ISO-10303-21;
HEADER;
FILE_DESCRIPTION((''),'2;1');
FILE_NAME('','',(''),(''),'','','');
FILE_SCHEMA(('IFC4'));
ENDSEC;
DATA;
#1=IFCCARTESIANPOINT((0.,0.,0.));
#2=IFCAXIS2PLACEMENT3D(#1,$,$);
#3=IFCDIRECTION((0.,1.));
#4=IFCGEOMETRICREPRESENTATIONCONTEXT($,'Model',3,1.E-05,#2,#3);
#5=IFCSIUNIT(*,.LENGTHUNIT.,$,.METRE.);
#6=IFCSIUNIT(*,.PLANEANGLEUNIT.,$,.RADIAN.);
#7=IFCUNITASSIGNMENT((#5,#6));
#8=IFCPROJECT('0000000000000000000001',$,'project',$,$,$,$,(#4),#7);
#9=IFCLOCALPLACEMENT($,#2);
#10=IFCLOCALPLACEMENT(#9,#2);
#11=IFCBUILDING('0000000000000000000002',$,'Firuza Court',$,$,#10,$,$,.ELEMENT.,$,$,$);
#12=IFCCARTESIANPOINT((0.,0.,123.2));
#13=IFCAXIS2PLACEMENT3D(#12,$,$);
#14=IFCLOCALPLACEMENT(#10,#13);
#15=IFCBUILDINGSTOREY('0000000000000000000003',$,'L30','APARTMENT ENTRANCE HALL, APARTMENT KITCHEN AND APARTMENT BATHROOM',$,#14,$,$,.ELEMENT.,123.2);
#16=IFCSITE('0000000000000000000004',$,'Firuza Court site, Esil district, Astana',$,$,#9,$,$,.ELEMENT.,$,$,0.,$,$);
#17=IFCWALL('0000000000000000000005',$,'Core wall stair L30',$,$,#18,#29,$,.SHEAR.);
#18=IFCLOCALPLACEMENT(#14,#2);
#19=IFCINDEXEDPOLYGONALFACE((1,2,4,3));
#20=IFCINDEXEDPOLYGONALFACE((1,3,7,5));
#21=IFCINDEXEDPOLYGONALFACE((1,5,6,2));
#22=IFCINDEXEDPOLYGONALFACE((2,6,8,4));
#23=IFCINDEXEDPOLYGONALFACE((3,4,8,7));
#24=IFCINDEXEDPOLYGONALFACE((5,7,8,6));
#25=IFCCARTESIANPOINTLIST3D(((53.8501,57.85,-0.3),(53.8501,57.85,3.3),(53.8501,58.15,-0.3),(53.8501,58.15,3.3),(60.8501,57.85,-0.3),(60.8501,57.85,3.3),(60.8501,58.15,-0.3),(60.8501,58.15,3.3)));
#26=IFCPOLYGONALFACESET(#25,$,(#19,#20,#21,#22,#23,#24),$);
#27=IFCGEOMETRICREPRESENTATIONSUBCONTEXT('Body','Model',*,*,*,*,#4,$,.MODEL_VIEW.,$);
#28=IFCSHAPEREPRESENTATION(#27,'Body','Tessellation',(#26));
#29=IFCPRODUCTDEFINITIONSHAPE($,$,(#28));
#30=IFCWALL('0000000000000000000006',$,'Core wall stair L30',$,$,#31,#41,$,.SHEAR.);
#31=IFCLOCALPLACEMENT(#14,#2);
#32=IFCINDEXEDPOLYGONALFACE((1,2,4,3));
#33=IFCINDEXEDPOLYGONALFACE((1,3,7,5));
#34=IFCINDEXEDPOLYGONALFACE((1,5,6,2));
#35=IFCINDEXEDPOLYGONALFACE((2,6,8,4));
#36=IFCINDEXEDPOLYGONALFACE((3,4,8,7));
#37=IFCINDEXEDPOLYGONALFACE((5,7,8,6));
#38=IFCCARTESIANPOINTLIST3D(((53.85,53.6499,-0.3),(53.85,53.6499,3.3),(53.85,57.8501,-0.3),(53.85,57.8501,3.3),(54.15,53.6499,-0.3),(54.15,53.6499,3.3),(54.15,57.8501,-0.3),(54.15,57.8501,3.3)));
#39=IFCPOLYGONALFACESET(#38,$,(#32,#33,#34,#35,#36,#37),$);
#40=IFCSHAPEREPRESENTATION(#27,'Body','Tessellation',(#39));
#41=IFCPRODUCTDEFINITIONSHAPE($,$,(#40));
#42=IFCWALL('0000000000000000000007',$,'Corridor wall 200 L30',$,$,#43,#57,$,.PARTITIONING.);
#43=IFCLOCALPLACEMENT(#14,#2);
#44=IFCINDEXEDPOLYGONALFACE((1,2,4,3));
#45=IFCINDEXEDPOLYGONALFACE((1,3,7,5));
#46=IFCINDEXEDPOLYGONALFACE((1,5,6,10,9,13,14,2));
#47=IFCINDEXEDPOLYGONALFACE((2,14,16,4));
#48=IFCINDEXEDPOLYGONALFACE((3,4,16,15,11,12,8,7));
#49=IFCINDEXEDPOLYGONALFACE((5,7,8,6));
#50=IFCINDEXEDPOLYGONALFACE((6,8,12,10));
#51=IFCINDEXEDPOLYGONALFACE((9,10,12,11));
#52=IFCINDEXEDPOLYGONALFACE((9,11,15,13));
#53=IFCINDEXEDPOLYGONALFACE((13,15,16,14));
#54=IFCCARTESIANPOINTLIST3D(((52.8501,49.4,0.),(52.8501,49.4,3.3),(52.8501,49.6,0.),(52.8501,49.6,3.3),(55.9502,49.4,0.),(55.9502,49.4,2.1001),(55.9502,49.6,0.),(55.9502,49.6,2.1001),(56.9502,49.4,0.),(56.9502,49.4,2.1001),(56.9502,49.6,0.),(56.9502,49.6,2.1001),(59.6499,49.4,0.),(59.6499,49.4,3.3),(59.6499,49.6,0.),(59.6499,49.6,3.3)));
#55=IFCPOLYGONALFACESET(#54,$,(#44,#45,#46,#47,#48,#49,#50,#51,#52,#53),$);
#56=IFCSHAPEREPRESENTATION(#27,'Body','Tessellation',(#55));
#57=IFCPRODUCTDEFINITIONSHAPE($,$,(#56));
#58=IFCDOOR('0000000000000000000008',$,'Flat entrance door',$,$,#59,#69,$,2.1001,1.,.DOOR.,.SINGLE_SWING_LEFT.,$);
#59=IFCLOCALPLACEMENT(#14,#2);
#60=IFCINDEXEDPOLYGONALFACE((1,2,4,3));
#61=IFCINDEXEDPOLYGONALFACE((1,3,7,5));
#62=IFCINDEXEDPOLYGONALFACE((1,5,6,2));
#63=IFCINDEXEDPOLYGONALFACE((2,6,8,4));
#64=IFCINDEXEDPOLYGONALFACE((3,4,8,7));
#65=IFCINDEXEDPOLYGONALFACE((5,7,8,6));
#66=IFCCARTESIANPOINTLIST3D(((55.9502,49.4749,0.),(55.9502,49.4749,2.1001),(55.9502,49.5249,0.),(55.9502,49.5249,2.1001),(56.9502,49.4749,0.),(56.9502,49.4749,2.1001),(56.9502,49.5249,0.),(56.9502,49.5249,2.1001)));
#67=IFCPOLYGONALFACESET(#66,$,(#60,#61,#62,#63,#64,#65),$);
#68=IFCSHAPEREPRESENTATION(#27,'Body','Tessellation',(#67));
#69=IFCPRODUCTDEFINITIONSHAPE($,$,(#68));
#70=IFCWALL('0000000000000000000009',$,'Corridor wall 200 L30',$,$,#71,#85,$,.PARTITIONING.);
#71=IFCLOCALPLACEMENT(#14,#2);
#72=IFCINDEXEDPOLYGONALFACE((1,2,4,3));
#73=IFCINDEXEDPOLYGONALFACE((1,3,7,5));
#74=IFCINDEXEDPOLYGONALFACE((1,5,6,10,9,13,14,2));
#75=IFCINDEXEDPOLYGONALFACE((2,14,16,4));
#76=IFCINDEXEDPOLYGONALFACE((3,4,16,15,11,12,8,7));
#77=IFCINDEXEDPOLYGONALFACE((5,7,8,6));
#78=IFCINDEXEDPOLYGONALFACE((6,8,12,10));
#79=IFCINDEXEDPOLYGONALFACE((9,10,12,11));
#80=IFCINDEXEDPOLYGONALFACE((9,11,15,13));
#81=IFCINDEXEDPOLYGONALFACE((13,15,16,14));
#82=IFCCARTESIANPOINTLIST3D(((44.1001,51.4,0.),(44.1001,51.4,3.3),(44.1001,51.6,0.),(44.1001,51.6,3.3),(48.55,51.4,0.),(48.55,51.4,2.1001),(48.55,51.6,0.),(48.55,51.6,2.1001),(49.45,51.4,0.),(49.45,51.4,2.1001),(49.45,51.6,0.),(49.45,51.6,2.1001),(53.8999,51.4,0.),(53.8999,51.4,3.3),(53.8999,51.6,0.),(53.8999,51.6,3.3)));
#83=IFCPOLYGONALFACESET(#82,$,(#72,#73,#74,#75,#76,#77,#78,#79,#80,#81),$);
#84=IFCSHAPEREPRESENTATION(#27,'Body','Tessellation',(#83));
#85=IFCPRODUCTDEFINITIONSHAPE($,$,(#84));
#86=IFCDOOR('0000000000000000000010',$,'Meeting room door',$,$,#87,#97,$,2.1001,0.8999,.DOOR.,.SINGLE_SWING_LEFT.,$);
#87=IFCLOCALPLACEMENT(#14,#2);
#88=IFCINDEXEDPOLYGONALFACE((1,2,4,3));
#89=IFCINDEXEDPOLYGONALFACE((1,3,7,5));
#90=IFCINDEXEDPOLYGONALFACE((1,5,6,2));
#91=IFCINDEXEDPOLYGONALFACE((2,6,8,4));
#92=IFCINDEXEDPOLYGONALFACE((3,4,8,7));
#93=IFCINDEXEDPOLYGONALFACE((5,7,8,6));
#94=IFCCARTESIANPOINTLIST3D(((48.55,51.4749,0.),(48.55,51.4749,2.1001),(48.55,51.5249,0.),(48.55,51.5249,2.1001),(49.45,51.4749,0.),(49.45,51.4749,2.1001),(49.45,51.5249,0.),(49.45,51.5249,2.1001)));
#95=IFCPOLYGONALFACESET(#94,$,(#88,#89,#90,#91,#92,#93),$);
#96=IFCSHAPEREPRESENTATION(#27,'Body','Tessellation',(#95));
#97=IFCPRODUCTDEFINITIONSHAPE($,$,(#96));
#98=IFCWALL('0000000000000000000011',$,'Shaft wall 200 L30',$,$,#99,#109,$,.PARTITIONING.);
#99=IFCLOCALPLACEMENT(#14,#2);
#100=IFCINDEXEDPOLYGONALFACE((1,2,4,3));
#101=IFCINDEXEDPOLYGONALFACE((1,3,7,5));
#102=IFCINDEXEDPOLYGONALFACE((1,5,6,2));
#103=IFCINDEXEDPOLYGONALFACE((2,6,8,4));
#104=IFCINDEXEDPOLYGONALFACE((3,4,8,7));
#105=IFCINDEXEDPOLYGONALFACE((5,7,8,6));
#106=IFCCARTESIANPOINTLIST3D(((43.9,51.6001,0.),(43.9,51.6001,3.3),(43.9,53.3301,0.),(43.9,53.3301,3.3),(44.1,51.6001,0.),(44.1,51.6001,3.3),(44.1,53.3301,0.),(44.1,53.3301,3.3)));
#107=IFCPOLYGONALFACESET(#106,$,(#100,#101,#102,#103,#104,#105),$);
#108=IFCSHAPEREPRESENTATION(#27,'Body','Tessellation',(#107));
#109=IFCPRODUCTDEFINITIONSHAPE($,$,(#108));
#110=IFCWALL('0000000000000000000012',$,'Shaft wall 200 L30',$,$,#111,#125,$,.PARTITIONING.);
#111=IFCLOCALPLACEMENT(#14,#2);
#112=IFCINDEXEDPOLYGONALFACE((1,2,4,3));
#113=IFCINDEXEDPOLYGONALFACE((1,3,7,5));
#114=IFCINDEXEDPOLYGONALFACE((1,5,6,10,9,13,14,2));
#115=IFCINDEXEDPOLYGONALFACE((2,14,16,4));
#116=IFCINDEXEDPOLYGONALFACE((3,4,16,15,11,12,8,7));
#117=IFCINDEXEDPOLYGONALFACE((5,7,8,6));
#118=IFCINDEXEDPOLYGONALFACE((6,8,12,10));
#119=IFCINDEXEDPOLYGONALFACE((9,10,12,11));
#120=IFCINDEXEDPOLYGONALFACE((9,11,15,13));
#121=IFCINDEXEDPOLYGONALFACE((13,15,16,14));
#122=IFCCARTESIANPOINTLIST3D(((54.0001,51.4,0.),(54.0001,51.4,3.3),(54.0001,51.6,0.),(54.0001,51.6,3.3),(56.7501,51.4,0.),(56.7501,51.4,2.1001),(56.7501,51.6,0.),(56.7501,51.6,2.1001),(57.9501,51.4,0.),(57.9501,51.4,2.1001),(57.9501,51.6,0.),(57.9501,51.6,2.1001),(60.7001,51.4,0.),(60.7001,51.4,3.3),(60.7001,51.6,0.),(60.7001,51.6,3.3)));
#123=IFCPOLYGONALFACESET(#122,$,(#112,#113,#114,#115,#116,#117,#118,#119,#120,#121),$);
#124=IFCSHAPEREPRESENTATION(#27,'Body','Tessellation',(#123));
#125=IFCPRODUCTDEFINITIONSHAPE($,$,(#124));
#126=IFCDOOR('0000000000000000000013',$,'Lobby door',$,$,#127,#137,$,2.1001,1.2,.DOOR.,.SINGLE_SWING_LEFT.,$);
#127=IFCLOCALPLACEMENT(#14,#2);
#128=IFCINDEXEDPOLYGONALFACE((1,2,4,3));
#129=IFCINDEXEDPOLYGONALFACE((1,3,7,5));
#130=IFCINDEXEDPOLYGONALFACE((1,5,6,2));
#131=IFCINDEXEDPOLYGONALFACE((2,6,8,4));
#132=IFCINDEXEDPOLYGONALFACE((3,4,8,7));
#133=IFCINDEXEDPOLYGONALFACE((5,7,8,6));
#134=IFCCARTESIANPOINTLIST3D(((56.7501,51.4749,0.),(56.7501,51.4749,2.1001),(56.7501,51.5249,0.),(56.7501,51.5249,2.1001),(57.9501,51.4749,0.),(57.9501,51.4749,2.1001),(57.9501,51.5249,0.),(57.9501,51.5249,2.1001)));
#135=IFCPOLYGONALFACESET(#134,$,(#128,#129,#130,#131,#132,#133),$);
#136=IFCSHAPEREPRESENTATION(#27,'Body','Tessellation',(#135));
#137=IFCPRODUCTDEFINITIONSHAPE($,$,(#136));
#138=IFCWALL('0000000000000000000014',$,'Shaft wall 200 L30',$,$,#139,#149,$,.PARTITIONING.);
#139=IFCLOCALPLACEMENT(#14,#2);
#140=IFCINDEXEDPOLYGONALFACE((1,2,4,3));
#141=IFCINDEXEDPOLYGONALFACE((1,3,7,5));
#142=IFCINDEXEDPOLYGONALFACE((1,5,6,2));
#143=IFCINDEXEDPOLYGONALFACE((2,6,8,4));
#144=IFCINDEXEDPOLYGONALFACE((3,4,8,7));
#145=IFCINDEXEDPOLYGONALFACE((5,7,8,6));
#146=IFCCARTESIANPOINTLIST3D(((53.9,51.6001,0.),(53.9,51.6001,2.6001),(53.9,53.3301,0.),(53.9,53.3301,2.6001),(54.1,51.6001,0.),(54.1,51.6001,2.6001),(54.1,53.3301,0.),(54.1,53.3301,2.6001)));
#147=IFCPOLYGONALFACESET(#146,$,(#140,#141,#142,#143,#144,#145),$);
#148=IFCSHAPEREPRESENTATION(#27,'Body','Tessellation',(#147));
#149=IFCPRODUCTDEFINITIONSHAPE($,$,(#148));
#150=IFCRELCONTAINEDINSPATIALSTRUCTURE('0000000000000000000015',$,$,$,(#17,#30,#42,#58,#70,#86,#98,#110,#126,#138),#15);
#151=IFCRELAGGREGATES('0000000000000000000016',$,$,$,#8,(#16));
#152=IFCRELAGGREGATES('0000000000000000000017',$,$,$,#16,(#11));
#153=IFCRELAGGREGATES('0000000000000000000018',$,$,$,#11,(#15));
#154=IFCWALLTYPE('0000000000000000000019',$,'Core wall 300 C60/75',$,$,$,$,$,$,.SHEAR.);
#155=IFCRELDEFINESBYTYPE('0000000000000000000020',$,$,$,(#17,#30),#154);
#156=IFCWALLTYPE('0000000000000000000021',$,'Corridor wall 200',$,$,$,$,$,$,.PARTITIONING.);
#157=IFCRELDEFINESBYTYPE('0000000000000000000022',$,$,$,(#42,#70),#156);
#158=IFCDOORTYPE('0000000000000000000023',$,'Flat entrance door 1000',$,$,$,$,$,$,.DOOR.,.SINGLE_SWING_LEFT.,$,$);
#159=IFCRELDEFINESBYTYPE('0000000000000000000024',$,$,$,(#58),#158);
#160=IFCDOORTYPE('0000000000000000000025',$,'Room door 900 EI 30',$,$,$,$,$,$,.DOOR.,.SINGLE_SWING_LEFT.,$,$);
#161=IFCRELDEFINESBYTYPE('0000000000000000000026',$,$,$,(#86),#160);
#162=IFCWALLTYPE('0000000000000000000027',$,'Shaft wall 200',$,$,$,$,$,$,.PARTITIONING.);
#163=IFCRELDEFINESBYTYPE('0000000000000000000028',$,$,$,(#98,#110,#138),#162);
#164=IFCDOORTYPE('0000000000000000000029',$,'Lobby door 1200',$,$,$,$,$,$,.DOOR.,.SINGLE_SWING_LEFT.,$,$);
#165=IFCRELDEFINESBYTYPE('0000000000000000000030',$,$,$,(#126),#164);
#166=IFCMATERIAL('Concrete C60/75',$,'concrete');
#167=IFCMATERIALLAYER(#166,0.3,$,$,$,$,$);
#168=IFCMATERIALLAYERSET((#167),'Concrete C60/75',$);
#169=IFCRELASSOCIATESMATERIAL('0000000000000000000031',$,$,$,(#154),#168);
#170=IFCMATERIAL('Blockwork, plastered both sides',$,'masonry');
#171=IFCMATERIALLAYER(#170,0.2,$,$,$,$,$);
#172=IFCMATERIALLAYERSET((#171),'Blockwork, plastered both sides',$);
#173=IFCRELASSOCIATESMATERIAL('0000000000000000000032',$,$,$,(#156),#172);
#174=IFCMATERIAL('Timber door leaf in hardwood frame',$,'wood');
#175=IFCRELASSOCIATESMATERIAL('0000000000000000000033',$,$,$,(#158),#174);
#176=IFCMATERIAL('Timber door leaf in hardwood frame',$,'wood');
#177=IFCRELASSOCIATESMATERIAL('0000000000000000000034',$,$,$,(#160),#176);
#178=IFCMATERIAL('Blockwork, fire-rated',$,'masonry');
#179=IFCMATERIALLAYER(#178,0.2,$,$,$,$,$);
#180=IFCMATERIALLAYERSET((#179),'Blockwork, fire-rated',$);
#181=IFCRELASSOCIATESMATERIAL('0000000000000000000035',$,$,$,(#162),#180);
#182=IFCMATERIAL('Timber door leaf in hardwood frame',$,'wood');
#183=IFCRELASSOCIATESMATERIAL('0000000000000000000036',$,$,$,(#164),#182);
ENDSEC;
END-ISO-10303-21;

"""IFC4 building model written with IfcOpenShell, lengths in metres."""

from ifc_helpers import new_model, si_unit, direction, frame, frame_2d, origin, place, context, subcontext, project, spatial, rectangle, extrude, material, layer, layer_set, type_object, element, fill, save


model = new_model("IFC4")

# Units and contexts
model_context = context("Model", 3, precision=1e-05, world=origin(), true_north=direction((0.0, 1.0)))
body_context = subcontext(model_context, "Body", "Model", "MODEL_VIEW")
ifc_project = project(units=[si_unit("LENGTHUNIT", "METRE"), si_unit("PLANEANGLEUNIT", "RADIAN")], contexts=[model_context])

# Site, building, storey
site_placement = place(None, origin())
site = spatial("IfcSite", under=ifc_project, at=site_placement, Name="Firuza Court site, Esil district, Astana", CompositionType="ELEMENT", RefElevation=0.0)
building_placement = place(site_placement, origin())
building = spatial("IfcBuilding", under=site, at=building_placement, Name="Firuza Court", CompositionType="ELEMENT")
storey_placement = place(building_placement, frame((0.0, 0.0, 123.2)))
storey = spatial("IfcBuildingStorey", under=building, at=storey_placement, Name="L30", Description="APARTMENT ENTRANCE HALL, APARTMENT KITCHEN AND APARTMENT BATHROOM", CompositionType="ELEMENT", Elevation=123.2)

# Shared definitions
ifc_material_1 = material(Name="Concrete C60/75", Category="concrete")
ifc_layer_1 = layer(ifc_material_1, 0.3)
ifc_layer_set_1 = layer_set([ifc_layer_1], Name="Concrete C60/75")
wall_type_1 = type_object("IfcWallType", Name="Core wall 300 C60/75", PredefinedType="SHEAR", material=ifc_layer_set_1)

# Walls
wall_1_placement = place(storey_placement, frame((53.8501, 58.0, -0.3), z_axis=(0.0, 0.0, 1.0), x_axis=(1.0, 0.0, 0.0)))
element("IfcWall", 1, at=wall_1_placement, inside=storey, type_object=wall_type_1, Name="Core wall stair L30", PredefinedType="SHEAR", context=body_context, shape_type="SweptSolid", body=[
    extrude(rectangle(XDim=7.0, YDim=0.3, at=frame_2d((3.5, 0.0))), origin(), (0.0, 0.0, 1.0), 3.6001),
])
wall_2_placement = place(storey_placement, frame((54.0, 53.6499, -0.3), z_axis=(0.0, 0.0, 1.0), x_axis=(0.0, 1.0, 0.0)))
element("IfcWall", 2, at=wall_2_placement, inside=storey, type_object=wall_type_1, Name="Core wall stair L30", PredefinedType="SHEAR", context=body_context, shape_type="SweptSolid", body=[
    extrude(rectangle(XDim=4.2002, YDim=0.3, at=frame_2d((2.1001, 0.0))), origin(), (0.0, 0.0, 1.0), 3.6001),
])

# Walls, openings, doors
ifc_material_2 = material(Name="Blockwork, plastered both sides", Category="masonry")
ifc_layer_2 = layer(ifc_material_2, 0.2)
ifc_layer_set_2 = layer_set([ifc_layer_2], Name="Blockwork, plastered both sides")
wall_type_2 = type_object("IfcWallType", Name="Corridor wall 200", PredefinedType="PARTITIONING", material=ifc_layer_set_2)
wall_3_placement = place(storey_placement, frame((52.8501, 49.5, 0.0), z_axis=(0.0, 0.0, 1.0), x_axis=(1.0, 0.0, 0.0)))
wall_3 = element("IfcWall", 3, at=wall_3_placement, inside=storey, type_object=wall_type_2, Name="Corridor wall 200 L30", PredefinedType="PARTITIONING", context=body_context, shape_type="SweptSolid", body=[
    extrude(rectangle(XDim=6.7998, YDim=0.2, at=frame_2d((3.3999, 0.0))), origin(), (0.0, 0.0, 1.0), 3.3),
])
opening_1_placement = place(wall_3_placement, frame((3.1001, 0.0, 0.0)))
opening_1 = element("IfcOpeningElement", 4, at=opening_1_placement, cuts=wall_3, PredefinedType="OPENING", context=body_context, shape_type="SweptSolid", body=[
    extrude(rectangle(XDim=1.0, YDim=2.1001, at=frame_2d((0.5, 1.05))), frame((0.0, 0.1118, 0.0), z_axis=(0.0, -1.0, 0.0), x_axis=(1.0, 0.0, 0.0)), (0.0, 0.0, 1.0), 0.2239),
])
ifc_material_3 = material(Name="Timber door leaf in hardwood frame", Category="wood")
door_type_1 = type_object("IfcDoorType", Name="Flat entrance door 1000", OperationType="SINGLE_SWING_LEFT", PredefinedType="DOOR", material=ifc_material_3)
door_1_placement = place(opening_1_placement, origin())
door_1 = element("IfcDoor", 5, at=door_1_placement, inside=storey, type_object=door_type_1, Name="Flat entrance door", OperationType="SINGLE_SWING_LEFT", OverallHeight=2.1001, OverallWidth=1.0, PredefinedType="DOOR", context=body_context, shape_type="SweptSolid", body=[
    extrude(rectangle(XDim=1.0, YDim=2.1001, at=frame_2d((0.5, 1.05))), frame((0.0, 0.0249, 0.0), z_axis=(0.0, -1.0, 0.0), x_axis=(1.0, 0.0, 0.0)), (0.0, 0.0, 1.0), 0.05),
])
fill(opening_1, door_1)
wall_4_placement = place(storey_placement, frame((44.1001, 51.5, 0.0), z_axis=(0.0, 0.0, 1.0), x_axis=(1.0, 0.0, 0.0)))
wall_4 = element("IfcWall", 6, at=wall_4_placement, inside=storey, type_object=wall_type_2, Name="Corridor wall 200 L30", PredefinedType="PARTITIONING", context=body_context, shape_type="SweptSolid", body=[
    extrude(rectangle(XDim=9.7998, YDim=0.2, at=frame_2d((4.8999, 0.0))), origin(), (0.0, 0.0, 1.0), 3.3),
])
opening_2_placement = place(wall_4_placement, frame((4.45, 0.0, 0.0)))
opening_2 = element("IfcOpeningElement", 7, at=opening_2_placement, cuts=wall_4, PredefinedType="OPENING", context=body_context, shape_type="SweptSolid", body=[
    extrude(rectangle(XDim=0.8999, YDim=2.1001, at=frame_2d((0.45, 1.05))), frame((0.0, 0.1118, 0.0), z_axis=(0.0, -1.0, 0.0), x_axis=(1.0, 0.0, 0.0)), (0.0, 0.0, 1.0), 0.2239),
])
ifc_material_4 = material(Name="Timber door leaf in hardwood frame", Category="wood")
door_type_2 = type_object("IfcDoorType", Name="Room door 900 EI 30", OperationType="SINGLE_SWING_LEFT", PredefinedType="DOOR", material=ifc_material_4)
door_2_placement = place(opening_2_placement, origin())
door_2 = element("IfcDoor", 8, at=door_2_placement, inside=storey, type_object=door_type_2, Name="Meeting room door", OperationType="SINGLE_SWING_LEFT", OverallHeight=2.1001, OverallWidth=0.8999, PredefinedType="DOOR", context=body_context, shape_type="SweptSolid", body=[
    extrude(rectangle(XDim=0.8999, YDim=2.1001, at=frame_2d((0.45, 1.05))), frame((0.0, 0.0249, 0.0), z_axis=(0.0, -1.0, 0.0), x_axis=(1.0, 0.0, 0.0)), (0.0, 0.0, 1.0), 0.05),
])
fill(opening_2, door_2)

# Wall
ifc_material_5 = material(Name="Blockwork, fire-rated", Category="masonry")
ifc_layer_3 = layer(ifc_material_5, 0.2)
ifc_layer_set_3 = layer_set([ifc_layer_3], Name="Blockwork, fire-rated")
wall_type_3 = type_object("IfcWallType", Name="Shaft wall 200", PredefinedType="PARTITIONING", material=ifc_layer_set_3)
wall_5_placement = place(storey_placement, frame((44.0, 51.6001, 0.0), z_axis=(0.0, 0.0, 1.0), x_axis=(0.0, 1.0, 0.0)))
element("IfcWall", 9, at=wall_5_placement, inside=storey, type_object=wall_type_3, Name="Shaft wall 200 L30", PredefinedType="PARTITIONING", context=body_context, shape_type="SweptSolid", body=[
    extrude(rectangle(XDim=1.73, YDim=0.2, at=frame_2d((0.865, 0.0))), origin(), (0.0, 0.0, 1.0), 3.3),
])

# Wall, opening, door
wall_6_placement = place(storey_placement, frame((54.0, 51.5, 0.0), z_axis=(0.0, 0.0, 1.0), x_axis=(1.0, 0.0, 0.0)))
wall_6 = element("IfcWall", 10, at=wall_6_placement, inside=storey, type_object=wall_type_3, Name="Shaft wall 200 L30", PredefinedType="PARTITIONING", context=body_context, shape_type="SweptSolid", body=[
    extrude(rectangle(XDim=6.7, YDim=0.2, at=frame_2d((3.3501, 0.0))), origin(), (0.0, 0.0, 1.0), 3.3),
])
opening_3_placement = place(wall_6_placement, frame((2.75, 0.0, 0.0)))
opening_3 = element("IfcOpeningElement", 11, at=opening_3_placement, cuts=wall_6, PredefinedType="OPENING", context=body_context, shape_type="SweptSolid", body=[
    extrude(rectangle(XDim=1.2, YDim=2.1001, at=frame_2d((0.6001, 1.05))), frame((0.0, 0.1118, 0.0), z_axis=(0.0, -1.0, 0.0), x_axis=(1.0, 0.0, 0.0)), (0.0, 0.0, 1.0), 0.2239),
])
ifc_material_6 = material(Name="Timber door leaf in hardwood frame", Category="wood")
door_type_3 = type_object("IfcDoorType", Name="Lobby door 1200", OperationType="SINGLE_SWING_LEFT", PredefinedType="DOOR", material=ifc_material_6)
door_3_placement = place(opening_3_placement, origin())
door_3 = element("IfcDoor", 12, at=door_3_placement, inside=storey, type_object=door_type_3, Name="Lobby door", OperationType="SINGLE_SWING_LEFT", OverallHeight=2.1001, OverallWidth=1.2, PredefinedType="DOOR", context=body_context, shape_type="SweptSolid", body=[
    extrude(rectangle(XDim=1.2, YDim=2.1001, at=frame_2d((0.6001, 1.05))), frame((0.0, 0.0249, 0.0), z_axis=(0.0, -1.0, 0.0), x_axis=(1.0, 0.0, 0.0)), (0.0, 0.0, 1.0), 0.05),
])
fill(opening_3, door_3)

# Wall
wall_7_placement = place(storey_placement, frame((54.0, 51.6001, 0.0), z_axis=(0.0, 0.0, 1.0), x_axis=(0.0, 1.0, 0.0)))
element("IfcWall", 13, at=wall_7_placement, inside=storey, type_object=wall_type_3, Name="Shaft wall 200 L30", PredefinedType="PARTITIONING", context=body_context, shape_type="SweptSolid", body=[
    extrude(rectangle(XDim=1.73, YDim=0.2, at=frame_2d((0.865, 0.0))), origin(), (0.0, 0.0, 1.0), 2.6001),
])

save(model, "model.ifc")
